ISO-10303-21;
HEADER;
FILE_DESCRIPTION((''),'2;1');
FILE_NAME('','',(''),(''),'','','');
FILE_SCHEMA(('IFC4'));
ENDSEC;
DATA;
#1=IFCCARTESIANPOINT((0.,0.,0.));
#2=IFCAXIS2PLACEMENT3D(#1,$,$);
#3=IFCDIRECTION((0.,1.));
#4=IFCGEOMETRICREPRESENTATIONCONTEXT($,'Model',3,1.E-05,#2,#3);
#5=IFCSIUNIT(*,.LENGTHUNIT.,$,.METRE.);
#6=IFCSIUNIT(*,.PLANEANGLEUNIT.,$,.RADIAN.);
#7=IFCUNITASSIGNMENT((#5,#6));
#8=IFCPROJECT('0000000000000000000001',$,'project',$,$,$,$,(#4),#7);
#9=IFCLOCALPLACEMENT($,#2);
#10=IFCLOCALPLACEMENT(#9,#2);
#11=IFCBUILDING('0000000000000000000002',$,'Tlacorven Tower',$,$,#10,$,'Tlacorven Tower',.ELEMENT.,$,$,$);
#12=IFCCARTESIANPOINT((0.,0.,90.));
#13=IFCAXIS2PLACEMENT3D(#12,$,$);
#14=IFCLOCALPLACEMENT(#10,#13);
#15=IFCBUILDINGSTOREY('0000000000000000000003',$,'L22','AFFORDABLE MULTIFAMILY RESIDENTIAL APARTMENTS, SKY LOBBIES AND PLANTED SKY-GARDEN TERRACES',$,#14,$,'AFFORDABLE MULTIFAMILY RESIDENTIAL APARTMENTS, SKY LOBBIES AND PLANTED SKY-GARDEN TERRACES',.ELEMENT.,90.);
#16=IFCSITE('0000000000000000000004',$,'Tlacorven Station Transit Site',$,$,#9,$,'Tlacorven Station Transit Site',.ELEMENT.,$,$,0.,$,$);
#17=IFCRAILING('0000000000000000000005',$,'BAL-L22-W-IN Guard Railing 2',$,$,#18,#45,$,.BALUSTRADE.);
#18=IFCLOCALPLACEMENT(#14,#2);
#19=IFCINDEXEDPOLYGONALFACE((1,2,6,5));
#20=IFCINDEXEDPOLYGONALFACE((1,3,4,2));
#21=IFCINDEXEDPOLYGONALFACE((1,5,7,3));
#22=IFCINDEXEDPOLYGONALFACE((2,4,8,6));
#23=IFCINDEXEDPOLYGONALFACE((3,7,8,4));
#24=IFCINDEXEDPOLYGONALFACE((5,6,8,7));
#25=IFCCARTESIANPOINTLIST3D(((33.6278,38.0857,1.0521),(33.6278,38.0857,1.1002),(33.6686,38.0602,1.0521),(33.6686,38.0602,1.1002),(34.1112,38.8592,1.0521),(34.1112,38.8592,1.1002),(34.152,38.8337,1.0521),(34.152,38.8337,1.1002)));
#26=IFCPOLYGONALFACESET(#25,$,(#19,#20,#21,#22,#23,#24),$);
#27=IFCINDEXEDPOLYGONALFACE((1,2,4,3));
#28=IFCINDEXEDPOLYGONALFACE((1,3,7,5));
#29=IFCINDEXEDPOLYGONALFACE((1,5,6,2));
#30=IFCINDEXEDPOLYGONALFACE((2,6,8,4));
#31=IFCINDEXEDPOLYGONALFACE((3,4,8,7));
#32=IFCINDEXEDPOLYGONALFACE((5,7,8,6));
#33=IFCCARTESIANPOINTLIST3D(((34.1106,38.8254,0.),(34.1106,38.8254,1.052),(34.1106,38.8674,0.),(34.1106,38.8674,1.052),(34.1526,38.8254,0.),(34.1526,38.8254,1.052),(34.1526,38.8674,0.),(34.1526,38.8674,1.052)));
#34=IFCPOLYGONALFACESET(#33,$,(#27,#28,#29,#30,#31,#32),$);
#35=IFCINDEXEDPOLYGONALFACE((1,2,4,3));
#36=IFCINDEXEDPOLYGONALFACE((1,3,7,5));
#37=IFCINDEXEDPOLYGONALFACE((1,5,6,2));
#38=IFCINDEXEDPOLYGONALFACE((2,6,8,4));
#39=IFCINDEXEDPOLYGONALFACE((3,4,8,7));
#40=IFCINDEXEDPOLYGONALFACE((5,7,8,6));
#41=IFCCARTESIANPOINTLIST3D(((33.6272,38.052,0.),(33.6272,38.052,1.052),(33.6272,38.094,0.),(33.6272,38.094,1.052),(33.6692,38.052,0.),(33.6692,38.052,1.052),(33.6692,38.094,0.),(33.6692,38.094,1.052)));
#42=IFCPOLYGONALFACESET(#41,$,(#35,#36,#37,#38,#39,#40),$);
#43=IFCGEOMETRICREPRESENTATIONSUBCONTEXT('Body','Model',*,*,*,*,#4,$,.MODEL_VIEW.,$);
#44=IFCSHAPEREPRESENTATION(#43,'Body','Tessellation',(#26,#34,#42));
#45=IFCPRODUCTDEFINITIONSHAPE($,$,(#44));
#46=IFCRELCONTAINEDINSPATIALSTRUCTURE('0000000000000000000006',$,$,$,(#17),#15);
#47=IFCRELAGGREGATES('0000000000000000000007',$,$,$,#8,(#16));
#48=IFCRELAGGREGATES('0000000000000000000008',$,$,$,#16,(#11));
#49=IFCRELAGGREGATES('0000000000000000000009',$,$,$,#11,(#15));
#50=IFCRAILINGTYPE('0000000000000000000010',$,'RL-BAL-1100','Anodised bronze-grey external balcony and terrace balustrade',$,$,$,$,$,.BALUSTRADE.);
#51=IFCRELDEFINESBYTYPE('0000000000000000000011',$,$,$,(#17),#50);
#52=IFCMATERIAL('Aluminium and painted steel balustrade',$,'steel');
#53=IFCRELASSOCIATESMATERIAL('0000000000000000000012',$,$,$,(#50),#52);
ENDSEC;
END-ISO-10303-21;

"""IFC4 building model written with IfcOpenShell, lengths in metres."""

from ifc_helpers import new_model, si_unit, direction, frame, origin, origin_2d, place, context, subcontext, project, spatial, rectangle, extrude, source, transform, mapped, material, type_object, element, save


model = new_model("IFC4")

# Units and contexts
model_context = context("Model", 3, precision=1e-05, world=origin(), true_north=direction((0.0, 1.0)))
body_context = subcontext(model_context, "Body", "Model", "MODEL_VIEW")
ifc_project = project(units=[si_unit("LENGTHUNIT", "METRE"), si_unit("PLANEANGLEUNIT", "RADIAN")], contexts=[model_context])

# Site, building, storey
site_placement = place(None, origin())
site = spatial("IfcSite", under=ifc_project, at=site_placement, Name="Tlacorven Station Transit Site", LongName="Tlacorven Station Transit Site", CompositionType="ELEMENT", RefElevation=0.0)
building_placement = place(site_placement, origin())
building = spatial("IfcBuilding", under=site, at=building_placement, Name="Tlacorven Tower", LongName="Tlacorven Tower", CompositionType="ELEMENT")
storey_placement = place(building_placement, frame((0.0, 0.0, 90.0)))
storey = spatial("IfcBuildingStorey", under=building, at=storey_placement, Name="L22", Description="AFFORDABLE MULTIFAMILY RESIDENTIAL APARTMENTS, SKY LOBBIES AND PLANTED SKY-GARDEN TERRACES", LongName="AFFORDABLE MULTIFAMILY RESIDENTIAL APARTMENTS, SKY LOBBIES AND PLANTED SKY-GARDEN TERRACES", CompositionType="ELEMENT", Elevation=90.0)

# Railing
ifc_material_1 = material(Name="Aluminium and painted steel balustrade", Category="steel")
railing_type = type_object("IfcRailingType", Name="RL-BAL-1100", Description="Anodised bronze-grey external balcony and terrace balustrade", PredefinedType="BALUSTRADE", material=ifc_material_1)
shared_shape_1 = source(origin(), body_context, "Body", "SweptSolid", [
    extrude(rectangle(XDim=0.0481, YDim=0.0481, at=origin_2d()), frame((0.0, 0.0, 1.0762), z_axis=(-0.529999, -0.847998, 0.0), x_axis=(0.847998, -0.529999, 0.0)), (0.0, 0.0, 1.0), 0.9121),
    extrude(rectangle(XDim=0.042, YDim=0.042, at=origin_2d()), origin(), (0.0, 0.0, 1.0), 1.052),
    extrude(rectangle(XDim=0.042, YDim=0.042, at=origin_2d()), frame((-0.4834, -0.7734, 0.0)), (0.0, 0.0, 1.0), 1.052),
])
railing_placement = place(storey_placement, frame((34.1316, 38.8464, 0.0)))
element("IfcRailing", 1, at=railing_placement, inside=storey, type_object=railing_type, Name="BAL-L22-W-IN Guard Railing 2", PredefinedType="BALUSTRADE", context=body_context, shape_type="MappedRepresentation", body=[
    mapped(shared_shape_1, transform((0.0, 0.0, 0.0), scale=1.0)),
])

save(model, "model.ifc")
